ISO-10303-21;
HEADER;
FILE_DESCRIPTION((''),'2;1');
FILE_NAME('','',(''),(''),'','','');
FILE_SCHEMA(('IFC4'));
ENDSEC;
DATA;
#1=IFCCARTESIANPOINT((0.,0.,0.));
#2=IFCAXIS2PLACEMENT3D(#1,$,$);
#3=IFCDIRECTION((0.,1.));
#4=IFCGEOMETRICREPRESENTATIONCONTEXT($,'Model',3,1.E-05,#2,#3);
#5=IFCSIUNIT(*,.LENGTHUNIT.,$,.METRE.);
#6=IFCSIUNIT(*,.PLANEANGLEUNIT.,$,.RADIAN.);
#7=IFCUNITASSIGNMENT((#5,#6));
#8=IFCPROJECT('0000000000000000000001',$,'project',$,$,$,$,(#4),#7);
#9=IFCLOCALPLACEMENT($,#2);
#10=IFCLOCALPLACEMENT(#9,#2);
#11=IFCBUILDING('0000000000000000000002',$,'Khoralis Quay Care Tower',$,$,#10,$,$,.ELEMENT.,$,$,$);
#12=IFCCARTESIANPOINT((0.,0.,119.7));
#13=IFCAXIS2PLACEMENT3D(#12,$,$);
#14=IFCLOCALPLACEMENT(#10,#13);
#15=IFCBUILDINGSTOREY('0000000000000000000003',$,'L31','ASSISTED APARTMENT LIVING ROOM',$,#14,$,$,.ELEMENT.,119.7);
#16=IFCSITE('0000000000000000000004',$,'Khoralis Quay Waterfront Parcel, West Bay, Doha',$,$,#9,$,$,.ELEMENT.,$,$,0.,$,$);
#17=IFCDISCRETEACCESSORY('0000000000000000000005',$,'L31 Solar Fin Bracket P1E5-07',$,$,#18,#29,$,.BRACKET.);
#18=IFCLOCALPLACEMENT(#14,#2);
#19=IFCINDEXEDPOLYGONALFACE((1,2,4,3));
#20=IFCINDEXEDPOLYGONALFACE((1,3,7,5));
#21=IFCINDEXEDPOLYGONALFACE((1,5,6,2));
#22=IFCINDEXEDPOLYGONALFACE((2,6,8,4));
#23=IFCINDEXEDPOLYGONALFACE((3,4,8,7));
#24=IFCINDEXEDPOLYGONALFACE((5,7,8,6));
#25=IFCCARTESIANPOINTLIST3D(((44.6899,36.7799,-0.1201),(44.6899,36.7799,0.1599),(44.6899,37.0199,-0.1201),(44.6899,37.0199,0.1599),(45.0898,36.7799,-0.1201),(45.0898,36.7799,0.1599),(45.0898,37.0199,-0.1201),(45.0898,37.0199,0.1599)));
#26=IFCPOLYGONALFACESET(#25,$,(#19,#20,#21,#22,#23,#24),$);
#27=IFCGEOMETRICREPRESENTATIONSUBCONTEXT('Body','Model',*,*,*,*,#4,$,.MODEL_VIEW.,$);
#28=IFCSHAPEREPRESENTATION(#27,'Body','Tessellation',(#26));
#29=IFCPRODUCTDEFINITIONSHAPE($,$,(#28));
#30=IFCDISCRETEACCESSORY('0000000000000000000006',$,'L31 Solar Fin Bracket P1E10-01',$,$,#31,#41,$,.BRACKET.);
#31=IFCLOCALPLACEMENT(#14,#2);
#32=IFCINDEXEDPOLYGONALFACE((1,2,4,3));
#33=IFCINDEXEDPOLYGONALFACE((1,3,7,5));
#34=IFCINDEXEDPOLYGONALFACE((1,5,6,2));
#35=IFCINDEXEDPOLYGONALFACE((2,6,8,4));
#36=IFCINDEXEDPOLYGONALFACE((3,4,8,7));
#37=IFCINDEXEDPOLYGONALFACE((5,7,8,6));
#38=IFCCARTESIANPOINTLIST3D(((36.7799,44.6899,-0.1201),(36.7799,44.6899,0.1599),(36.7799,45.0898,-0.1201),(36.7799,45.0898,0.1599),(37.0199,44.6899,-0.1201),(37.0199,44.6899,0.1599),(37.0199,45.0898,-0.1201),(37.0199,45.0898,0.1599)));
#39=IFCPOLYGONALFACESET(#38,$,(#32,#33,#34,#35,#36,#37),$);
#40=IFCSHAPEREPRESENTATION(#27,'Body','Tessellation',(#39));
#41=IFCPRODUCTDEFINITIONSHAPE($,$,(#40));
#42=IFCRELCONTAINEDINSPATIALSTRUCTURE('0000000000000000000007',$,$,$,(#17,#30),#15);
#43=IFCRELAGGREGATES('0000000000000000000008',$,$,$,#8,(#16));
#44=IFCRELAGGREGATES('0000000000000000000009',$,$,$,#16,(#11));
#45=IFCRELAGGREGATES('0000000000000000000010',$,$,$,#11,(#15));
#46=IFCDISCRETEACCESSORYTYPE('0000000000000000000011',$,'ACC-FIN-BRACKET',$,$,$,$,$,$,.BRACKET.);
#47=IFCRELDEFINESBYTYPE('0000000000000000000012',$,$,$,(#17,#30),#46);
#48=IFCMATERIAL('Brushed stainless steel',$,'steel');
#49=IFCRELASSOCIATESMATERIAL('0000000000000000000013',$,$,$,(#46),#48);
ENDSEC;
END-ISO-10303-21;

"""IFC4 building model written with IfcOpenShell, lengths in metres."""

from ifc_helpers import new_model, si_unit, direction, frame, origin, origin_2d, place, context, subcontext, project, spatial, rectangle, extrude, source, transform, mapped, material, type_object, element, save


model = new_model("IFC4")

# Units and contexts
model_context = context("Model", 3, precision=1e-05, world=origin(), true_north=direction((0.0, 1.0)))
body_context = subcontext(model_context, "Body", "Model", "MODEL_VIEW")
ifc_project = project(units=[si_unit("LENGTHUNIT", "METRE"), si_unit("PLANEANGLEUNIT", "RADIAN")], contexts=[model_context])

# Site, building, storey
site_placement = place(None, origin())
site = spatial("IfcSite", under=ifc_project, at=site_placement, Name="Khoralis Quay Waterfront Parcel, West Bay, Doha", CompositionType="ELEMENT", RefElevation=0.0)
building_placement = place(site_placement, origin())
building = spatial("IfcBuilding", under=site, at=building_placement, Name="Khoralis Quay Care Tower", CompositionType="ELEMENT")
storey_placement = place(building_placement, frame((0.0, 0.0, 119.7)))
storey = spatial("IfcBuildingStorey", under=building, at=storey_placement, Name="L31", Description="ASSISTED APARTMENT LIVING ROOM", CompositionType="ELEMENT", Elevation=119.7)

# Discrete accessories
ifc_material_1 = material(Name="Brushed stainless steel", Category="steel")
discrete_accessory_type = type_object("IfcDiscreteAccessoryType", Name="ACC-FIN-BRACKET", PredefinedType="BRACKET", material=ifc_material_1)
shared_shape_1 = source(origin(), body_context, "Body", "SweptSolid", [
    extrude(rectangle(XDim=0.3999, YDim=0.24, at=origin_2d()), origin(), (0.0, 0.0, 1.0), 0.28),
])
for number, where, z_axis, x_axis, name in (
    (1, (44.8899, 36.8999, -0.1201), (0.0, 0.0, 1.0), (1.0, 0.0, 0.0), "L31 Solar Fin Bracket P1E5-07"),
    (2, (36.8999, 44.8899, -0.1201), (0.0, 0.0, 1.0), (0.0, 1.0, 0.0), "L31 Solar Fin Bracket P1E10-01"),
):
    element("IfcDiscreteAccessory", number, at=place(storey_placement, frame(where, z_axis=z_axis, x_axis=x_axis)), inside=storey, type_object=discrete_accessory_type, Name=name, PredefinedType="BRACKET", context=body_context, shape_type="MappedRepresentation", body=[
        mapped(shared_shape_1, transform((0.0, 0.0, 0.0), scale=1.0)),
    ])

save(model, "model.ifc")
